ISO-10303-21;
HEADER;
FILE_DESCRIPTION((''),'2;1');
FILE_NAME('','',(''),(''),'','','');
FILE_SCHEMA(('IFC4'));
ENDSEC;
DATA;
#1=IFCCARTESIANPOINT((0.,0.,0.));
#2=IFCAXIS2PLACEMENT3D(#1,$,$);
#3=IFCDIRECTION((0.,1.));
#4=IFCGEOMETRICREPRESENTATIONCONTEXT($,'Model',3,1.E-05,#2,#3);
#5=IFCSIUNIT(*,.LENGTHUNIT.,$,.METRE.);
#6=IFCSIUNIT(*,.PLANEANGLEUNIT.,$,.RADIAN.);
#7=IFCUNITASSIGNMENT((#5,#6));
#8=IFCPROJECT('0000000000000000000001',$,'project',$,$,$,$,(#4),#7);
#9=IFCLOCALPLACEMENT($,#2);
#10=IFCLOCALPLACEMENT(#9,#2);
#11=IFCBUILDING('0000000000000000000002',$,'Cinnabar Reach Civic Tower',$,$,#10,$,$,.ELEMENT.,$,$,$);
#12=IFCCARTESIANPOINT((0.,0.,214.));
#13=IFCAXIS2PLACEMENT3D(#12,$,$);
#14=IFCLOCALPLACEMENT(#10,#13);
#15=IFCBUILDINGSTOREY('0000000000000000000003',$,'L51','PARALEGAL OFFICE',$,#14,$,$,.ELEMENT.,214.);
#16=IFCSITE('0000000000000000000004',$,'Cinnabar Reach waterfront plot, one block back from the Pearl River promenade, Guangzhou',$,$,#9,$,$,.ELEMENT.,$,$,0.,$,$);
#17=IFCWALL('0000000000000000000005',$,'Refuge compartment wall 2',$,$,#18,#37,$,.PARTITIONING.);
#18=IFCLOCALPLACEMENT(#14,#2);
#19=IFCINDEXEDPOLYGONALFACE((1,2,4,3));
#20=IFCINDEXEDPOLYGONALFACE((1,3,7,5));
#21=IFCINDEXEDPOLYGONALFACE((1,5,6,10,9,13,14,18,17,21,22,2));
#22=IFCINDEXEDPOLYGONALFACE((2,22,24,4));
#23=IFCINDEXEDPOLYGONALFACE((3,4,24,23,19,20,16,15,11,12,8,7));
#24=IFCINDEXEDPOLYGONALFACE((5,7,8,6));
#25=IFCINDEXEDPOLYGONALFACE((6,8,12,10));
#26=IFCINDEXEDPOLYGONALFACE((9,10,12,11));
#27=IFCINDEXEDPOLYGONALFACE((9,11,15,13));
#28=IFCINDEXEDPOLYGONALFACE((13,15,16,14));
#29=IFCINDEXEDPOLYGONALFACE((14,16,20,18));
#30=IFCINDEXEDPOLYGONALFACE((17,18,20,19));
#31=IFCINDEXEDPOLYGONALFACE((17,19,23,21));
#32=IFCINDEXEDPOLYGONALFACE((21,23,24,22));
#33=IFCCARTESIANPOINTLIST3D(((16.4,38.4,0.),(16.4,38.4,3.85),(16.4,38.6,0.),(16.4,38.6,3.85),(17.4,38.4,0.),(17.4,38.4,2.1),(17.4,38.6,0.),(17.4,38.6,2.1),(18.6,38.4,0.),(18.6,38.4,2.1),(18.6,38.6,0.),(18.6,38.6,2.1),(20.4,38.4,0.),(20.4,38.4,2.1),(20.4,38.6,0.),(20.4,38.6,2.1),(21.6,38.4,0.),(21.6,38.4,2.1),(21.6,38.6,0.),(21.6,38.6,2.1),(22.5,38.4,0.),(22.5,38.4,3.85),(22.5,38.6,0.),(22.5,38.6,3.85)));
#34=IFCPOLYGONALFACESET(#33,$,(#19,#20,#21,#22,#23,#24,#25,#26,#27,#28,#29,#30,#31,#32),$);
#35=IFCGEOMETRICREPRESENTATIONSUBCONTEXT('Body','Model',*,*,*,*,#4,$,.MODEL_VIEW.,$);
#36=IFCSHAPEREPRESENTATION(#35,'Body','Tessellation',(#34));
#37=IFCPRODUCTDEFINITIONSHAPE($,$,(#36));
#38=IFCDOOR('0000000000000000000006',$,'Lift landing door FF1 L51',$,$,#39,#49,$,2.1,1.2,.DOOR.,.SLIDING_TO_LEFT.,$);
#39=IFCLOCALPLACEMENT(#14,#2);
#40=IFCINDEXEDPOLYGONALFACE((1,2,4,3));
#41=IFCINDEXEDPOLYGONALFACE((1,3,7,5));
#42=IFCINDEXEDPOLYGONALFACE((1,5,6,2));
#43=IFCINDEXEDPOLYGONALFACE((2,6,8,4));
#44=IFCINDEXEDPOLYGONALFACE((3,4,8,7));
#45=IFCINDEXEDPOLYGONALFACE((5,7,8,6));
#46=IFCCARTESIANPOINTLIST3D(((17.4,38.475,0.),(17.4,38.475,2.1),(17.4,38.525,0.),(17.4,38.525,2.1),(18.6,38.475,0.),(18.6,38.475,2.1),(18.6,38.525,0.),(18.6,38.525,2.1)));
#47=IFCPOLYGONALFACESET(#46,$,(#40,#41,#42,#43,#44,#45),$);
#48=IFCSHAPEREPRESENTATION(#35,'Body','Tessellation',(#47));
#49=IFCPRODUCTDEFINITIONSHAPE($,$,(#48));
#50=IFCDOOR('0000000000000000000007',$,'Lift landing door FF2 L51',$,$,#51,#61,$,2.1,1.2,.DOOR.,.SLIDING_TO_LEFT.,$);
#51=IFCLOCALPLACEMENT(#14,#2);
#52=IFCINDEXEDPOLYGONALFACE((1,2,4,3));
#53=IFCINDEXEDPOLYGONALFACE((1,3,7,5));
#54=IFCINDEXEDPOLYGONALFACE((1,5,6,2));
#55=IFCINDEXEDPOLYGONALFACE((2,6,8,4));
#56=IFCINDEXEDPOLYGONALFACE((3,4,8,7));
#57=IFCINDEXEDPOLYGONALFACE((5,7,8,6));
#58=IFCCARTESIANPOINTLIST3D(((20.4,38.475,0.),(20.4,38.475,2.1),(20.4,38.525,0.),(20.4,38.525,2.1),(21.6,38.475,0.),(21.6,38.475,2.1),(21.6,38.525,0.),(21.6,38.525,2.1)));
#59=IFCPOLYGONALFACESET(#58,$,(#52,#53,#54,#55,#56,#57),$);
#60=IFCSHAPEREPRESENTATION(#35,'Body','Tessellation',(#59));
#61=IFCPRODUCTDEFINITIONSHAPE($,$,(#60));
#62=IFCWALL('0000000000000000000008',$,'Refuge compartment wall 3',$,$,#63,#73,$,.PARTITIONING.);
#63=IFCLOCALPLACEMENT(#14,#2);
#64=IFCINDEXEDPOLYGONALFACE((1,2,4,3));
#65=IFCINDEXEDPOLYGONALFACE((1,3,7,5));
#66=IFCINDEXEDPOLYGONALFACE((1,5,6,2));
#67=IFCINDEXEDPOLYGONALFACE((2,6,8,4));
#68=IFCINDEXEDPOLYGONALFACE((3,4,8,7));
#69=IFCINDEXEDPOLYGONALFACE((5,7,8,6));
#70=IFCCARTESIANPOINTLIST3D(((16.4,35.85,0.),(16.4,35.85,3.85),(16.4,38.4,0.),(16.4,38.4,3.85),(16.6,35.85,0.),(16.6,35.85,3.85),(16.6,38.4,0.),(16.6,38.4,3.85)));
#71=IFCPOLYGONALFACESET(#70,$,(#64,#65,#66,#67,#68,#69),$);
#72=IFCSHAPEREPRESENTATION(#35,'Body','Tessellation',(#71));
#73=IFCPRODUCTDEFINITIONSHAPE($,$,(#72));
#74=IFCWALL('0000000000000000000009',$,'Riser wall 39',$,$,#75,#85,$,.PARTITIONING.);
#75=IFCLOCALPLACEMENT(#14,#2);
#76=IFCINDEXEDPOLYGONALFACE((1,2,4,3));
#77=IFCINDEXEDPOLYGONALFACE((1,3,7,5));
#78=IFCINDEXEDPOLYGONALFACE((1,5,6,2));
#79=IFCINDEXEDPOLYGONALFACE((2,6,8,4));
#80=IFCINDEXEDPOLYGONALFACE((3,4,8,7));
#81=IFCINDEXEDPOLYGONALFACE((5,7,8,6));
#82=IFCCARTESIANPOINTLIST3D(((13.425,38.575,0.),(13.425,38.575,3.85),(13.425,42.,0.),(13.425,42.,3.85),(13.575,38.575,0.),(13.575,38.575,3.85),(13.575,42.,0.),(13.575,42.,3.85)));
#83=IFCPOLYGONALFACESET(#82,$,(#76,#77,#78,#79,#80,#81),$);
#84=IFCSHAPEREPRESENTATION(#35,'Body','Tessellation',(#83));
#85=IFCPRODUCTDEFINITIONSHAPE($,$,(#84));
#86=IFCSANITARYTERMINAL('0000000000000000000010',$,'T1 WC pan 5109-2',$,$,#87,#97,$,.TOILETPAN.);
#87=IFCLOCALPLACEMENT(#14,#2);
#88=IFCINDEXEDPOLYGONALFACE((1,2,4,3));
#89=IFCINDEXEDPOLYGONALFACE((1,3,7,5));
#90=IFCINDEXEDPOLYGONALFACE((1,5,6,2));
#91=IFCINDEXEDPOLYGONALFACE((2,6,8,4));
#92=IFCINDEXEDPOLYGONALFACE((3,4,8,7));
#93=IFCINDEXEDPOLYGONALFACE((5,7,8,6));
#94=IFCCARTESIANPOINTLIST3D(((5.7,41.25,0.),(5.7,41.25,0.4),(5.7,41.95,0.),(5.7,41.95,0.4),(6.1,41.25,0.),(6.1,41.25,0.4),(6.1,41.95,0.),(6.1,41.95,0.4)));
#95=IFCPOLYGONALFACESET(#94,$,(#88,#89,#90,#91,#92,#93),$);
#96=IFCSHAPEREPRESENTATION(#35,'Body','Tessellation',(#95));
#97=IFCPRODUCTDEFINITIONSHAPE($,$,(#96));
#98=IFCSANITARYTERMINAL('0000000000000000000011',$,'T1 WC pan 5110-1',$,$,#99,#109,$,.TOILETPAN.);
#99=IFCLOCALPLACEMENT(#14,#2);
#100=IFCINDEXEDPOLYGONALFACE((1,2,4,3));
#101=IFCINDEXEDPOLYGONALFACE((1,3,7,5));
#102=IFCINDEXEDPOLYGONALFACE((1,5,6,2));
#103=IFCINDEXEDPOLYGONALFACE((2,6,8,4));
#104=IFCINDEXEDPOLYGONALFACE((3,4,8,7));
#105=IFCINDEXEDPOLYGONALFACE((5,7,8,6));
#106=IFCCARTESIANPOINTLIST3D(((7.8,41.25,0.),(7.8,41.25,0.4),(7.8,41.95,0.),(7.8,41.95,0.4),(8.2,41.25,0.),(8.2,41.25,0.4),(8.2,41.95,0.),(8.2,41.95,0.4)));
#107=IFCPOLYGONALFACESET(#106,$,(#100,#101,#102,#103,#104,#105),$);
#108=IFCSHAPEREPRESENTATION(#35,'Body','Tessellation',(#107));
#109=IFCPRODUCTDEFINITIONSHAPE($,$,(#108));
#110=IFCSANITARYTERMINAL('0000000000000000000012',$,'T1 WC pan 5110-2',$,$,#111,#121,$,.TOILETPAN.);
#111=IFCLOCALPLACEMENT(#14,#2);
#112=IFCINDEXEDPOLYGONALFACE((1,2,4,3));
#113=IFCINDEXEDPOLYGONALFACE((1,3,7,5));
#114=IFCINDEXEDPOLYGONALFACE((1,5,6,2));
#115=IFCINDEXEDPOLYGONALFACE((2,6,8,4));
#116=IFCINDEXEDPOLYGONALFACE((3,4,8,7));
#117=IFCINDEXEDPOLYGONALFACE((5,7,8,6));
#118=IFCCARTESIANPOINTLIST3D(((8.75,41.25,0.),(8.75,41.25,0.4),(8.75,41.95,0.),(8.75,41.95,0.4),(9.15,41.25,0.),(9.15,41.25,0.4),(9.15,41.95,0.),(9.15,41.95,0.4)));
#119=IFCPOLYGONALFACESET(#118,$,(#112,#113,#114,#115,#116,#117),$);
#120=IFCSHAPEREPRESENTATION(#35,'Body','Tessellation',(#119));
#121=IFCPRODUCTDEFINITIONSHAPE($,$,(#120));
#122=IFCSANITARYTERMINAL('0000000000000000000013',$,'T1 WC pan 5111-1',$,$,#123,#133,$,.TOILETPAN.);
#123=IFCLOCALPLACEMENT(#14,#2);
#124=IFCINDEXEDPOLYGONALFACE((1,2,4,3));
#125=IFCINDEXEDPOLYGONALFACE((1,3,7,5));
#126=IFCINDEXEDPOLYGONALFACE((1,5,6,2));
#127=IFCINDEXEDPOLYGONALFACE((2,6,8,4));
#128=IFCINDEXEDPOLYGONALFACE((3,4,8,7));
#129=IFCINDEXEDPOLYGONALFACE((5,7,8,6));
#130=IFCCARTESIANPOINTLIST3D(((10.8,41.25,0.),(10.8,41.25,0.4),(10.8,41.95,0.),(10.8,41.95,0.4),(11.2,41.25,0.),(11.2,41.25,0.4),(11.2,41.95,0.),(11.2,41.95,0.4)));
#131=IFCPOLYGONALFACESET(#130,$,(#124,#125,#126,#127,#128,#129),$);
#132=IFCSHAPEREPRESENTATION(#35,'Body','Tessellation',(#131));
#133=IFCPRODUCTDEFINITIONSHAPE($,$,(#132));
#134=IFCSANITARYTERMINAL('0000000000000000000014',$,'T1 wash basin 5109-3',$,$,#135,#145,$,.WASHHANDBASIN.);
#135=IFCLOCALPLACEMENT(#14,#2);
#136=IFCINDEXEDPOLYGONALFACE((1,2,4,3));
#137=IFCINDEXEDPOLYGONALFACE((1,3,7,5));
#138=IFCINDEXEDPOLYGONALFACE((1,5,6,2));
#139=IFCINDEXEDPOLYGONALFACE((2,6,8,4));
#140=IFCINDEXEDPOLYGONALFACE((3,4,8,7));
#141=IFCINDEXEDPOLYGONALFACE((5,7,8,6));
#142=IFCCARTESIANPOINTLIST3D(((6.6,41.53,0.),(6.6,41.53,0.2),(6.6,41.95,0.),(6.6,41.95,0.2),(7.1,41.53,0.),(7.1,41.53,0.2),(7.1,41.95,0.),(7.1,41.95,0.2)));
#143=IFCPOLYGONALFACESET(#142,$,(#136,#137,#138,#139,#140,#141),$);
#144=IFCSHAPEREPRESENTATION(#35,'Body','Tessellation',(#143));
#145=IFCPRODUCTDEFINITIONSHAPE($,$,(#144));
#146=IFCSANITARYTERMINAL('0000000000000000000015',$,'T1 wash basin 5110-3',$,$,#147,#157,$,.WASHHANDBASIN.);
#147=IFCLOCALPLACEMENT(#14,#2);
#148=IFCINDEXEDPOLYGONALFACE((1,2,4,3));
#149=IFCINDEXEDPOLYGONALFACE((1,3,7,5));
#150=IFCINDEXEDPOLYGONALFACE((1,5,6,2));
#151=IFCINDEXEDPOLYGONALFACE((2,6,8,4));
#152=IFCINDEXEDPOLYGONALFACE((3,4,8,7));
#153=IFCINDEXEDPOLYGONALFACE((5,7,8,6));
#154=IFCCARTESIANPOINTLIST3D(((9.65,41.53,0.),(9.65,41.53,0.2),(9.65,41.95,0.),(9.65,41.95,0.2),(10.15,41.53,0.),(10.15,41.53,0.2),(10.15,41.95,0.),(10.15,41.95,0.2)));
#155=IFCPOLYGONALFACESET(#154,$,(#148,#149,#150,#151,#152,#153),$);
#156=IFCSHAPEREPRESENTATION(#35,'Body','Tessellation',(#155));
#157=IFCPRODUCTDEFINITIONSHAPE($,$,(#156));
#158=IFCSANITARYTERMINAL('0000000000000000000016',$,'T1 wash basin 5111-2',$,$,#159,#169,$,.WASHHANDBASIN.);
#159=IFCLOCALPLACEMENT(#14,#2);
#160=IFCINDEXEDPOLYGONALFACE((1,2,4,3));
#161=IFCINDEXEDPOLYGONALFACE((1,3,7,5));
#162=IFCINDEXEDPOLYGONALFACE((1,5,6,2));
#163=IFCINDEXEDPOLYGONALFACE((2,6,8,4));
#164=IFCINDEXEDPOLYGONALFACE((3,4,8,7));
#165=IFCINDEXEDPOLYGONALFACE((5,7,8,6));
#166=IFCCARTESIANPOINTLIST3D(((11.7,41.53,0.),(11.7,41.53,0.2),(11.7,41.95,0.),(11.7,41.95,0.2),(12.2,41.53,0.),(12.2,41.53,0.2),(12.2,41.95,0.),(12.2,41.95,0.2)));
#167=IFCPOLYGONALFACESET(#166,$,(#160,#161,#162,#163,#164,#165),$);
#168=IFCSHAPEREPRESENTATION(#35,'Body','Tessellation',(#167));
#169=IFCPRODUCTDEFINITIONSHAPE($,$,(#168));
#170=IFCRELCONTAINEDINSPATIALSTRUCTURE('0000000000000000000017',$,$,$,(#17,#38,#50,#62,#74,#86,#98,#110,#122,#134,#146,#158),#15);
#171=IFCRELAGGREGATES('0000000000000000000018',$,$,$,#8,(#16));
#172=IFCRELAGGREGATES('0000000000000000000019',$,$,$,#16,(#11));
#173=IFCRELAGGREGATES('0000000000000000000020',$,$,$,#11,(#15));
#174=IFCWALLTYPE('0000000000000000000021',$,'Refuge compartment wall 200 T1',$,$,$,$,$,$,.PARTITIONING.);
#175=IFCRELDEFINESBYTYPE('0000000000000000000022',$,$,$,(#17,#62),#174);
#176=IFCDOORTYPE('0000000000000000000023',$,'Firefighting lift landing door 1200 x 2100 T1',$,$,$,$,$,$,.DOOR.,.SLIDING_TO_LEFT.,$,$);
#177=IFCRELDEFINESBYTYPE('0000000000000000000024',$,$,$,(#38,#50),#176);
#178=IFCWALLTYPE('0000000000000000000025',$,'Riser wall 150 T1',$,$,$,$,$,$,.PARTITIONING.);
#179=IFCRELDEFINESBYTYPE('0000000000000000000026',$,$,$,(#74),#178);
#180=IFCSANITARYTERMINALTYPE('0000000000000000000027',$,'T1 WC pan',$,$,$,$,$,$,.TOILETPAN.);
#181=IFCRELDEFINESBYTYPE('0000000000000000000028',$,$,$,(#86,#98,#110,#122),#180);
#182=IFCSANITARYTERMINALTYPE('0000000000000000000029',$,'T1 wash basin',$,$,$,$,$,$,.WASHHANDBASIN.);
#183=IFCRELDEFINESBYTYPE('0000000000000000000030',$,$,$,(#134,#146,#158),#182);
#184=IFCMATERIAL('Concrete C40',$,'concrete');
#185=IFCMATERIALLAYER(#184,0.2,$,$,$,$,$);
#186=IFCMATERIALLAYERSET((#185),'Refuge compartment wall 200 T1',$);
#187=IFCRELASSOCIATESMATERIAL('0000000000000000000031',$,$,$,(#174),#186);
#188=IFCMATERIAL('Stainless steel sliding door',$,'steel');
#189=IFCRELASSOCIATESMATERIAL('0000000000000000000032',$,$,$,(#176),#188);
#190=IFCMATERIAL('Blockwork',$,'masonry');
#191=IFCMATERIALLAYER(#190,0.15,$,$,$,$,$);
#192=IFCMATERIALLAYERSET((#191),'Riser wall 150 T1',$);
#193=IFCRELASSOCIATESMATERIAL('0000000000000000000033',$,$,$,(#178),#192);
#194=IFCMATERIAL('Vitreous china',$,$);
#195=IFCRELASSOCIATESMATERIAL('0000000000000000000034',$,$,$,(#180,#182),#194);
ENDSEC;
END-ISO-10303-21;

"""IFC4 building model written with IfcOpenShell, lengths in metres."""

from ifc_helpers import new_model, si_unit, direction, frame, frame_2d, origin, origin_2d, place, context, subcontext, project, spatial, rectangle, extrude, material, layer, layer_set, type_object, element, fill, save


model = new_model("IFC4")

# Units and contexts
model_context = context("Model", 3, precision=1e-05, world=origin(), true_north=direction((0.0, 1.0)))
body_context = subcontext(model_context, "Body", "Model", "MODEL_VIEW")
ifc_project = project(units=[si_unit("LENGTHUNIT", "METRE"), si_unit("PLANEANGLEUNIT", "RADIAN")], contexts=[model_context])

# Site, building, storey
site_placement = place(None, origin())
site = spatial("IfcSite", under=ifc_project, at=site_placement, Name="Cinnabar Reach waterfront plot, one block back from the Pearl River promenade, Guangzhou", CompositionType="ELEMENT", RefElevation=0.0)
building_placement = place(site_placement, origin())
building = spatial("IfcBuilding", under=site, at=building_placement, Name="Cinnabar Reach Civic Tower", CompositionType="ELEMENT")
storey_placement = place(building_placement, frame((0.0, 0.0, 214.0)))
storey = spatial("IfcBuildingStorey", under=building, at=storey_placement, Name="L51", Description="PARALEGAL OFFICE", CompositionType="ELEMENT", Elevation=214.0)

# Shared definitions
ifc_material_1 = material(Name="Blockwork", Category="masonry")
ifc_material_2 = material(Name="Stainless steel sliding door", Category="steel")

# Shared definitions
ifc_material_3 = material(Name="Concrete C40", Category="concrete")
ifc_layer_1 = layer(ifc_material_3, 0.2)
ifc_layer_set_1 = layer_set([ifc_layer_1], Name="Refuge compartment wall 200 T1")
wall_type_1 = type_object("IfcWallType", Name="Refuge compartment wall 200 T1", PredefinedType="PARTITIONING", material=ifc_layer_set_1)

# Wall, openings, doors
wall_1_placement = place(storey_placement, frame((16.4, 38.5, 0.0), z_axis=(0.0, 0.0, 1.0), x_axis=(1.0, 0.0, 0.0)))
wall_1 = element("IfcWall", 1, at=wall_1_placement, inside=storey, type_object=wall_type_1, Name="Refuge compartment wall 2", PredefinedType="PARTITIONING", context=body_context, shape_type="SweptSolid", body=[
    extrude(rectangle(XDim=6.1, YDim=0.2, at=frame_2d((3.05, 0.0))), origin(), (0.0, 0.0, 1.0), 3.85),
])
opening_1_placement = place(wall_1_placement, frame((1.0, 0.0, 0.0)))
opening_1 = element("IfcOpeningElement", 2, at=opening_1_placement, cuts=wall_1, PredefinedType="OPENING", context=body_context, shape_type="SweptSolid", body=[
    extrude(rectangle(XDim=1.2, YDim=2.1, at=frame_2d((0.6, 1.05))), frame((0.0, 0.11, 0.0), z_axis=(0.0, -1.0, 0.0), x_axis=(1.0, 0.0, 0.0)), (0.0, 0.0, 1.0), 0.22),
])
opening_2_placement = place(wall_1_placement, frame((4.0, 0.0, 0.0)))
opening_2 = element("IfcOpeningElement", 3, at=opening_2_placement, cuts=wall_1, PredefinedType="OPENING", context=body_context, shape_type="SweptSolid", body=[
    extrude(rectangle(XDim=1.2, YDim=2.1, at=frame_2d((0.6, 1.05))), frame((0.0, 0.11, 0.0), z_axis=(0.0, -1.0, 0.0), x_axis=(1.0, 0.0, 0.0)), (0.0, 0.0, 1.0), 0.22),
])
door_type_1 = type_object("IfcDoorType", Name="Firefighting lift landing door 1200 x 2100 T1", OperationType="SLIDING_TO_LEFT", PredefinedType="DOOR", material=ifc_material_2)
door_1_placement = place(opening_1_placement, origin())
door_1 = element("IfcDoor", 4, at=door_1_placement, inside=storey, type_object=door_type_1, Name="Lift landing door FF1 L51", OperationType="SLIDING_TO_LEFT", OverallHeight=2.1, OverallWidth=1.2, PredefinedType="DOOR", context=body_context, shape_type="SweptSolid", body=[
    extrude(rectangle(XDim=1.2, YDim=2.1, at=frame_2d((0.6, 1.05))), frame((0.0, 0.025, 0.0), z_axis=(0.0, -1.0, 0.0), x_axis=(1.0, 0.0, 0.0)), (0.0, 0.0, 1.0), 0.05),
])
fill(opening_1, door_1)
door_2_placement = place(opening_2_placement, origin())
door_2 = element("IfcDoor", 5, at=door_2_placement, inside=storey, type_object=door_type_1, Name="Lift landing door FF2 L51", OperationType="SLIDING_TO_LEFT", OverallHeight=2.1, OverallWidth=1.2, PredefinedType="DOOR", context=body_context, shape_type="SweptSolid", body=[
    extrude(rectangle(XDim=1.2, YDim=2.1, at=frame_2d((0.6, 1.05))), frame((0.0, 0.025, 0.0), z_axis=(0.0, -1.0, 0.0), x_axis=(1.0, 0.0, 0.0)), (0.0, 0.0, 1.0), 0.05),
])
fill(opening_2, door_2)

# Walls
wall_2_placement = place(storey_placement, frame((16.5, 35.85, 0.0), z_axis=(0.0, 0.0, 1.0), x_axis=(0.0, 1.0, 0.0)))
element("IfcWall", 6, at=wall_2_placement, inside=storey, type_object=wall_type_1, Name="Refuge compartment wall 3", PredefinedType="PARTITIONING", context=body_context, shape_type="SweptSolid", body=[
    extrude(rectangle(XDim=2.55, YDim=0.2, at=frame_2d((1.275, 0.0))), origin(), (0.0, 0.0, 1.0), 3.85),
])
ifc_layer_2 = layer(ifc_material_1, 0.15)
ifc_layer_set_2 = layer_set([ifc_layer_2], Name="Riser wall 150 T1")
wall_type_2 = type_object("IfcWallType", Name="Riser wall 150 T1", PredefinedType="PARTITIONING", material=ifc_layer_set_2)
wall_3_placement = place(storey_placement, frame((13.5, 38.575, 0.0), z_axis=(0.0, 0.0, 1.0), x_axis=(0.0, 1.0, 0.0)))
element("IfcWall", 7, at=wall_3_placement, inside=storey, type_object=wall_type_2, Name="Riser wall 39", PredefinedType="PARTITIONING", context=body_context, shape_type="SweptSolid", body=[
    extrude(rectangle(XDim=3.425, YDim=0.15, at=frame_2d((1.7125, 0.0))), origin(), (0.0, 0.0, 1.0), 3.85),
])

# Sanitary terminals
ifc_material_4 = material(Name="Vitreous china")
sanitary_terminal_type_1 = type_object("IfcSanitaryTerminalType", Name="T1 WC pan", PredefinedType="TOILETPAN", material=ifc_material_4)
for number, where, z_axis, x_axis, name in (
    (8, (5.9, 41.6, 0.0), (0.0, 0.0, 1.0), (1.0, 0.0, 0.0), "T1 WC pan 5109-2"),
    (9, (8.0, 41.6, 0.0), (0.0, 0.0, 1.0), (1.0, 0.0, 0.0), "T1 WC pan 5110-1"),
    (10, (8.95, 41.6, 0.0), (0.0, 0.0, 1.0), (1.0, 0.0, 0.0), "T1 WC pan 5110-2"),
    (11, (11.0, 41.6, 0.0), (0.0, 0.0, 1.0), (1.0, 0.0, 0.0), "T1 WC pan 5111-1"),
):
    element("IfcSanitaryTerminal", number, at=place(storey_placement, frame(where, z_axis=z_axis, x_axis=x_axis)), inside=storey, type_object=sanitary_terminal_type_1, Name=name, PredefinedType="TOILETPAN", context=body_context, shape_type="SweptSolid", body=[
        extrude(rectangle(XDim=0.4, YDim=0.7, at=origin_2d()), origin(), (0.0, 0.0, 1.0), 0.4),
    ])
sanitary_terminal_type_2 = type_object("IfcSanitaryTerminalType", Name="T1 wash basin", PredefinedType="WASHHANDBASIN", material=ifc_material_4)
for number, where, z_axis, x_axis, name in (
    (12, (6.85, 41.74, 0.0), (0.0, 0.0, 1.0), (1.0, 0.0, 0.0), "T1 wash basin 5109-3"),
    (13, (9.9, 41.74, 0.0), (0.0, 0.0, 1.0), (1.0, 0.0, 0.0), "T1 wash basin 5110-3"),
    (14, (11.95, 41.74, 0.0), (0.0, 0.0, 1.0), (1.0, 0.0, 0.0), "T1 wash basin 5111-2"),
):
    element("IfcSanitaryTerminal", number, at=place(storey_placement, frame(where, z_axis=z_axis, x_axis=x_axis)), inside=storey, type_object=sanitary_terminal_type_2, Name=name, PredefinedType="WASHHANDBASIN", context=body_context, shape_type="SweptSolid", body=[
        extrude(rectangle(XDim=0.5, YDim=0.42, at=origin_2d()), origin(), (0.0, 0.0, 1.0), 0.2),
    ])

save(model, "model.ifc")
